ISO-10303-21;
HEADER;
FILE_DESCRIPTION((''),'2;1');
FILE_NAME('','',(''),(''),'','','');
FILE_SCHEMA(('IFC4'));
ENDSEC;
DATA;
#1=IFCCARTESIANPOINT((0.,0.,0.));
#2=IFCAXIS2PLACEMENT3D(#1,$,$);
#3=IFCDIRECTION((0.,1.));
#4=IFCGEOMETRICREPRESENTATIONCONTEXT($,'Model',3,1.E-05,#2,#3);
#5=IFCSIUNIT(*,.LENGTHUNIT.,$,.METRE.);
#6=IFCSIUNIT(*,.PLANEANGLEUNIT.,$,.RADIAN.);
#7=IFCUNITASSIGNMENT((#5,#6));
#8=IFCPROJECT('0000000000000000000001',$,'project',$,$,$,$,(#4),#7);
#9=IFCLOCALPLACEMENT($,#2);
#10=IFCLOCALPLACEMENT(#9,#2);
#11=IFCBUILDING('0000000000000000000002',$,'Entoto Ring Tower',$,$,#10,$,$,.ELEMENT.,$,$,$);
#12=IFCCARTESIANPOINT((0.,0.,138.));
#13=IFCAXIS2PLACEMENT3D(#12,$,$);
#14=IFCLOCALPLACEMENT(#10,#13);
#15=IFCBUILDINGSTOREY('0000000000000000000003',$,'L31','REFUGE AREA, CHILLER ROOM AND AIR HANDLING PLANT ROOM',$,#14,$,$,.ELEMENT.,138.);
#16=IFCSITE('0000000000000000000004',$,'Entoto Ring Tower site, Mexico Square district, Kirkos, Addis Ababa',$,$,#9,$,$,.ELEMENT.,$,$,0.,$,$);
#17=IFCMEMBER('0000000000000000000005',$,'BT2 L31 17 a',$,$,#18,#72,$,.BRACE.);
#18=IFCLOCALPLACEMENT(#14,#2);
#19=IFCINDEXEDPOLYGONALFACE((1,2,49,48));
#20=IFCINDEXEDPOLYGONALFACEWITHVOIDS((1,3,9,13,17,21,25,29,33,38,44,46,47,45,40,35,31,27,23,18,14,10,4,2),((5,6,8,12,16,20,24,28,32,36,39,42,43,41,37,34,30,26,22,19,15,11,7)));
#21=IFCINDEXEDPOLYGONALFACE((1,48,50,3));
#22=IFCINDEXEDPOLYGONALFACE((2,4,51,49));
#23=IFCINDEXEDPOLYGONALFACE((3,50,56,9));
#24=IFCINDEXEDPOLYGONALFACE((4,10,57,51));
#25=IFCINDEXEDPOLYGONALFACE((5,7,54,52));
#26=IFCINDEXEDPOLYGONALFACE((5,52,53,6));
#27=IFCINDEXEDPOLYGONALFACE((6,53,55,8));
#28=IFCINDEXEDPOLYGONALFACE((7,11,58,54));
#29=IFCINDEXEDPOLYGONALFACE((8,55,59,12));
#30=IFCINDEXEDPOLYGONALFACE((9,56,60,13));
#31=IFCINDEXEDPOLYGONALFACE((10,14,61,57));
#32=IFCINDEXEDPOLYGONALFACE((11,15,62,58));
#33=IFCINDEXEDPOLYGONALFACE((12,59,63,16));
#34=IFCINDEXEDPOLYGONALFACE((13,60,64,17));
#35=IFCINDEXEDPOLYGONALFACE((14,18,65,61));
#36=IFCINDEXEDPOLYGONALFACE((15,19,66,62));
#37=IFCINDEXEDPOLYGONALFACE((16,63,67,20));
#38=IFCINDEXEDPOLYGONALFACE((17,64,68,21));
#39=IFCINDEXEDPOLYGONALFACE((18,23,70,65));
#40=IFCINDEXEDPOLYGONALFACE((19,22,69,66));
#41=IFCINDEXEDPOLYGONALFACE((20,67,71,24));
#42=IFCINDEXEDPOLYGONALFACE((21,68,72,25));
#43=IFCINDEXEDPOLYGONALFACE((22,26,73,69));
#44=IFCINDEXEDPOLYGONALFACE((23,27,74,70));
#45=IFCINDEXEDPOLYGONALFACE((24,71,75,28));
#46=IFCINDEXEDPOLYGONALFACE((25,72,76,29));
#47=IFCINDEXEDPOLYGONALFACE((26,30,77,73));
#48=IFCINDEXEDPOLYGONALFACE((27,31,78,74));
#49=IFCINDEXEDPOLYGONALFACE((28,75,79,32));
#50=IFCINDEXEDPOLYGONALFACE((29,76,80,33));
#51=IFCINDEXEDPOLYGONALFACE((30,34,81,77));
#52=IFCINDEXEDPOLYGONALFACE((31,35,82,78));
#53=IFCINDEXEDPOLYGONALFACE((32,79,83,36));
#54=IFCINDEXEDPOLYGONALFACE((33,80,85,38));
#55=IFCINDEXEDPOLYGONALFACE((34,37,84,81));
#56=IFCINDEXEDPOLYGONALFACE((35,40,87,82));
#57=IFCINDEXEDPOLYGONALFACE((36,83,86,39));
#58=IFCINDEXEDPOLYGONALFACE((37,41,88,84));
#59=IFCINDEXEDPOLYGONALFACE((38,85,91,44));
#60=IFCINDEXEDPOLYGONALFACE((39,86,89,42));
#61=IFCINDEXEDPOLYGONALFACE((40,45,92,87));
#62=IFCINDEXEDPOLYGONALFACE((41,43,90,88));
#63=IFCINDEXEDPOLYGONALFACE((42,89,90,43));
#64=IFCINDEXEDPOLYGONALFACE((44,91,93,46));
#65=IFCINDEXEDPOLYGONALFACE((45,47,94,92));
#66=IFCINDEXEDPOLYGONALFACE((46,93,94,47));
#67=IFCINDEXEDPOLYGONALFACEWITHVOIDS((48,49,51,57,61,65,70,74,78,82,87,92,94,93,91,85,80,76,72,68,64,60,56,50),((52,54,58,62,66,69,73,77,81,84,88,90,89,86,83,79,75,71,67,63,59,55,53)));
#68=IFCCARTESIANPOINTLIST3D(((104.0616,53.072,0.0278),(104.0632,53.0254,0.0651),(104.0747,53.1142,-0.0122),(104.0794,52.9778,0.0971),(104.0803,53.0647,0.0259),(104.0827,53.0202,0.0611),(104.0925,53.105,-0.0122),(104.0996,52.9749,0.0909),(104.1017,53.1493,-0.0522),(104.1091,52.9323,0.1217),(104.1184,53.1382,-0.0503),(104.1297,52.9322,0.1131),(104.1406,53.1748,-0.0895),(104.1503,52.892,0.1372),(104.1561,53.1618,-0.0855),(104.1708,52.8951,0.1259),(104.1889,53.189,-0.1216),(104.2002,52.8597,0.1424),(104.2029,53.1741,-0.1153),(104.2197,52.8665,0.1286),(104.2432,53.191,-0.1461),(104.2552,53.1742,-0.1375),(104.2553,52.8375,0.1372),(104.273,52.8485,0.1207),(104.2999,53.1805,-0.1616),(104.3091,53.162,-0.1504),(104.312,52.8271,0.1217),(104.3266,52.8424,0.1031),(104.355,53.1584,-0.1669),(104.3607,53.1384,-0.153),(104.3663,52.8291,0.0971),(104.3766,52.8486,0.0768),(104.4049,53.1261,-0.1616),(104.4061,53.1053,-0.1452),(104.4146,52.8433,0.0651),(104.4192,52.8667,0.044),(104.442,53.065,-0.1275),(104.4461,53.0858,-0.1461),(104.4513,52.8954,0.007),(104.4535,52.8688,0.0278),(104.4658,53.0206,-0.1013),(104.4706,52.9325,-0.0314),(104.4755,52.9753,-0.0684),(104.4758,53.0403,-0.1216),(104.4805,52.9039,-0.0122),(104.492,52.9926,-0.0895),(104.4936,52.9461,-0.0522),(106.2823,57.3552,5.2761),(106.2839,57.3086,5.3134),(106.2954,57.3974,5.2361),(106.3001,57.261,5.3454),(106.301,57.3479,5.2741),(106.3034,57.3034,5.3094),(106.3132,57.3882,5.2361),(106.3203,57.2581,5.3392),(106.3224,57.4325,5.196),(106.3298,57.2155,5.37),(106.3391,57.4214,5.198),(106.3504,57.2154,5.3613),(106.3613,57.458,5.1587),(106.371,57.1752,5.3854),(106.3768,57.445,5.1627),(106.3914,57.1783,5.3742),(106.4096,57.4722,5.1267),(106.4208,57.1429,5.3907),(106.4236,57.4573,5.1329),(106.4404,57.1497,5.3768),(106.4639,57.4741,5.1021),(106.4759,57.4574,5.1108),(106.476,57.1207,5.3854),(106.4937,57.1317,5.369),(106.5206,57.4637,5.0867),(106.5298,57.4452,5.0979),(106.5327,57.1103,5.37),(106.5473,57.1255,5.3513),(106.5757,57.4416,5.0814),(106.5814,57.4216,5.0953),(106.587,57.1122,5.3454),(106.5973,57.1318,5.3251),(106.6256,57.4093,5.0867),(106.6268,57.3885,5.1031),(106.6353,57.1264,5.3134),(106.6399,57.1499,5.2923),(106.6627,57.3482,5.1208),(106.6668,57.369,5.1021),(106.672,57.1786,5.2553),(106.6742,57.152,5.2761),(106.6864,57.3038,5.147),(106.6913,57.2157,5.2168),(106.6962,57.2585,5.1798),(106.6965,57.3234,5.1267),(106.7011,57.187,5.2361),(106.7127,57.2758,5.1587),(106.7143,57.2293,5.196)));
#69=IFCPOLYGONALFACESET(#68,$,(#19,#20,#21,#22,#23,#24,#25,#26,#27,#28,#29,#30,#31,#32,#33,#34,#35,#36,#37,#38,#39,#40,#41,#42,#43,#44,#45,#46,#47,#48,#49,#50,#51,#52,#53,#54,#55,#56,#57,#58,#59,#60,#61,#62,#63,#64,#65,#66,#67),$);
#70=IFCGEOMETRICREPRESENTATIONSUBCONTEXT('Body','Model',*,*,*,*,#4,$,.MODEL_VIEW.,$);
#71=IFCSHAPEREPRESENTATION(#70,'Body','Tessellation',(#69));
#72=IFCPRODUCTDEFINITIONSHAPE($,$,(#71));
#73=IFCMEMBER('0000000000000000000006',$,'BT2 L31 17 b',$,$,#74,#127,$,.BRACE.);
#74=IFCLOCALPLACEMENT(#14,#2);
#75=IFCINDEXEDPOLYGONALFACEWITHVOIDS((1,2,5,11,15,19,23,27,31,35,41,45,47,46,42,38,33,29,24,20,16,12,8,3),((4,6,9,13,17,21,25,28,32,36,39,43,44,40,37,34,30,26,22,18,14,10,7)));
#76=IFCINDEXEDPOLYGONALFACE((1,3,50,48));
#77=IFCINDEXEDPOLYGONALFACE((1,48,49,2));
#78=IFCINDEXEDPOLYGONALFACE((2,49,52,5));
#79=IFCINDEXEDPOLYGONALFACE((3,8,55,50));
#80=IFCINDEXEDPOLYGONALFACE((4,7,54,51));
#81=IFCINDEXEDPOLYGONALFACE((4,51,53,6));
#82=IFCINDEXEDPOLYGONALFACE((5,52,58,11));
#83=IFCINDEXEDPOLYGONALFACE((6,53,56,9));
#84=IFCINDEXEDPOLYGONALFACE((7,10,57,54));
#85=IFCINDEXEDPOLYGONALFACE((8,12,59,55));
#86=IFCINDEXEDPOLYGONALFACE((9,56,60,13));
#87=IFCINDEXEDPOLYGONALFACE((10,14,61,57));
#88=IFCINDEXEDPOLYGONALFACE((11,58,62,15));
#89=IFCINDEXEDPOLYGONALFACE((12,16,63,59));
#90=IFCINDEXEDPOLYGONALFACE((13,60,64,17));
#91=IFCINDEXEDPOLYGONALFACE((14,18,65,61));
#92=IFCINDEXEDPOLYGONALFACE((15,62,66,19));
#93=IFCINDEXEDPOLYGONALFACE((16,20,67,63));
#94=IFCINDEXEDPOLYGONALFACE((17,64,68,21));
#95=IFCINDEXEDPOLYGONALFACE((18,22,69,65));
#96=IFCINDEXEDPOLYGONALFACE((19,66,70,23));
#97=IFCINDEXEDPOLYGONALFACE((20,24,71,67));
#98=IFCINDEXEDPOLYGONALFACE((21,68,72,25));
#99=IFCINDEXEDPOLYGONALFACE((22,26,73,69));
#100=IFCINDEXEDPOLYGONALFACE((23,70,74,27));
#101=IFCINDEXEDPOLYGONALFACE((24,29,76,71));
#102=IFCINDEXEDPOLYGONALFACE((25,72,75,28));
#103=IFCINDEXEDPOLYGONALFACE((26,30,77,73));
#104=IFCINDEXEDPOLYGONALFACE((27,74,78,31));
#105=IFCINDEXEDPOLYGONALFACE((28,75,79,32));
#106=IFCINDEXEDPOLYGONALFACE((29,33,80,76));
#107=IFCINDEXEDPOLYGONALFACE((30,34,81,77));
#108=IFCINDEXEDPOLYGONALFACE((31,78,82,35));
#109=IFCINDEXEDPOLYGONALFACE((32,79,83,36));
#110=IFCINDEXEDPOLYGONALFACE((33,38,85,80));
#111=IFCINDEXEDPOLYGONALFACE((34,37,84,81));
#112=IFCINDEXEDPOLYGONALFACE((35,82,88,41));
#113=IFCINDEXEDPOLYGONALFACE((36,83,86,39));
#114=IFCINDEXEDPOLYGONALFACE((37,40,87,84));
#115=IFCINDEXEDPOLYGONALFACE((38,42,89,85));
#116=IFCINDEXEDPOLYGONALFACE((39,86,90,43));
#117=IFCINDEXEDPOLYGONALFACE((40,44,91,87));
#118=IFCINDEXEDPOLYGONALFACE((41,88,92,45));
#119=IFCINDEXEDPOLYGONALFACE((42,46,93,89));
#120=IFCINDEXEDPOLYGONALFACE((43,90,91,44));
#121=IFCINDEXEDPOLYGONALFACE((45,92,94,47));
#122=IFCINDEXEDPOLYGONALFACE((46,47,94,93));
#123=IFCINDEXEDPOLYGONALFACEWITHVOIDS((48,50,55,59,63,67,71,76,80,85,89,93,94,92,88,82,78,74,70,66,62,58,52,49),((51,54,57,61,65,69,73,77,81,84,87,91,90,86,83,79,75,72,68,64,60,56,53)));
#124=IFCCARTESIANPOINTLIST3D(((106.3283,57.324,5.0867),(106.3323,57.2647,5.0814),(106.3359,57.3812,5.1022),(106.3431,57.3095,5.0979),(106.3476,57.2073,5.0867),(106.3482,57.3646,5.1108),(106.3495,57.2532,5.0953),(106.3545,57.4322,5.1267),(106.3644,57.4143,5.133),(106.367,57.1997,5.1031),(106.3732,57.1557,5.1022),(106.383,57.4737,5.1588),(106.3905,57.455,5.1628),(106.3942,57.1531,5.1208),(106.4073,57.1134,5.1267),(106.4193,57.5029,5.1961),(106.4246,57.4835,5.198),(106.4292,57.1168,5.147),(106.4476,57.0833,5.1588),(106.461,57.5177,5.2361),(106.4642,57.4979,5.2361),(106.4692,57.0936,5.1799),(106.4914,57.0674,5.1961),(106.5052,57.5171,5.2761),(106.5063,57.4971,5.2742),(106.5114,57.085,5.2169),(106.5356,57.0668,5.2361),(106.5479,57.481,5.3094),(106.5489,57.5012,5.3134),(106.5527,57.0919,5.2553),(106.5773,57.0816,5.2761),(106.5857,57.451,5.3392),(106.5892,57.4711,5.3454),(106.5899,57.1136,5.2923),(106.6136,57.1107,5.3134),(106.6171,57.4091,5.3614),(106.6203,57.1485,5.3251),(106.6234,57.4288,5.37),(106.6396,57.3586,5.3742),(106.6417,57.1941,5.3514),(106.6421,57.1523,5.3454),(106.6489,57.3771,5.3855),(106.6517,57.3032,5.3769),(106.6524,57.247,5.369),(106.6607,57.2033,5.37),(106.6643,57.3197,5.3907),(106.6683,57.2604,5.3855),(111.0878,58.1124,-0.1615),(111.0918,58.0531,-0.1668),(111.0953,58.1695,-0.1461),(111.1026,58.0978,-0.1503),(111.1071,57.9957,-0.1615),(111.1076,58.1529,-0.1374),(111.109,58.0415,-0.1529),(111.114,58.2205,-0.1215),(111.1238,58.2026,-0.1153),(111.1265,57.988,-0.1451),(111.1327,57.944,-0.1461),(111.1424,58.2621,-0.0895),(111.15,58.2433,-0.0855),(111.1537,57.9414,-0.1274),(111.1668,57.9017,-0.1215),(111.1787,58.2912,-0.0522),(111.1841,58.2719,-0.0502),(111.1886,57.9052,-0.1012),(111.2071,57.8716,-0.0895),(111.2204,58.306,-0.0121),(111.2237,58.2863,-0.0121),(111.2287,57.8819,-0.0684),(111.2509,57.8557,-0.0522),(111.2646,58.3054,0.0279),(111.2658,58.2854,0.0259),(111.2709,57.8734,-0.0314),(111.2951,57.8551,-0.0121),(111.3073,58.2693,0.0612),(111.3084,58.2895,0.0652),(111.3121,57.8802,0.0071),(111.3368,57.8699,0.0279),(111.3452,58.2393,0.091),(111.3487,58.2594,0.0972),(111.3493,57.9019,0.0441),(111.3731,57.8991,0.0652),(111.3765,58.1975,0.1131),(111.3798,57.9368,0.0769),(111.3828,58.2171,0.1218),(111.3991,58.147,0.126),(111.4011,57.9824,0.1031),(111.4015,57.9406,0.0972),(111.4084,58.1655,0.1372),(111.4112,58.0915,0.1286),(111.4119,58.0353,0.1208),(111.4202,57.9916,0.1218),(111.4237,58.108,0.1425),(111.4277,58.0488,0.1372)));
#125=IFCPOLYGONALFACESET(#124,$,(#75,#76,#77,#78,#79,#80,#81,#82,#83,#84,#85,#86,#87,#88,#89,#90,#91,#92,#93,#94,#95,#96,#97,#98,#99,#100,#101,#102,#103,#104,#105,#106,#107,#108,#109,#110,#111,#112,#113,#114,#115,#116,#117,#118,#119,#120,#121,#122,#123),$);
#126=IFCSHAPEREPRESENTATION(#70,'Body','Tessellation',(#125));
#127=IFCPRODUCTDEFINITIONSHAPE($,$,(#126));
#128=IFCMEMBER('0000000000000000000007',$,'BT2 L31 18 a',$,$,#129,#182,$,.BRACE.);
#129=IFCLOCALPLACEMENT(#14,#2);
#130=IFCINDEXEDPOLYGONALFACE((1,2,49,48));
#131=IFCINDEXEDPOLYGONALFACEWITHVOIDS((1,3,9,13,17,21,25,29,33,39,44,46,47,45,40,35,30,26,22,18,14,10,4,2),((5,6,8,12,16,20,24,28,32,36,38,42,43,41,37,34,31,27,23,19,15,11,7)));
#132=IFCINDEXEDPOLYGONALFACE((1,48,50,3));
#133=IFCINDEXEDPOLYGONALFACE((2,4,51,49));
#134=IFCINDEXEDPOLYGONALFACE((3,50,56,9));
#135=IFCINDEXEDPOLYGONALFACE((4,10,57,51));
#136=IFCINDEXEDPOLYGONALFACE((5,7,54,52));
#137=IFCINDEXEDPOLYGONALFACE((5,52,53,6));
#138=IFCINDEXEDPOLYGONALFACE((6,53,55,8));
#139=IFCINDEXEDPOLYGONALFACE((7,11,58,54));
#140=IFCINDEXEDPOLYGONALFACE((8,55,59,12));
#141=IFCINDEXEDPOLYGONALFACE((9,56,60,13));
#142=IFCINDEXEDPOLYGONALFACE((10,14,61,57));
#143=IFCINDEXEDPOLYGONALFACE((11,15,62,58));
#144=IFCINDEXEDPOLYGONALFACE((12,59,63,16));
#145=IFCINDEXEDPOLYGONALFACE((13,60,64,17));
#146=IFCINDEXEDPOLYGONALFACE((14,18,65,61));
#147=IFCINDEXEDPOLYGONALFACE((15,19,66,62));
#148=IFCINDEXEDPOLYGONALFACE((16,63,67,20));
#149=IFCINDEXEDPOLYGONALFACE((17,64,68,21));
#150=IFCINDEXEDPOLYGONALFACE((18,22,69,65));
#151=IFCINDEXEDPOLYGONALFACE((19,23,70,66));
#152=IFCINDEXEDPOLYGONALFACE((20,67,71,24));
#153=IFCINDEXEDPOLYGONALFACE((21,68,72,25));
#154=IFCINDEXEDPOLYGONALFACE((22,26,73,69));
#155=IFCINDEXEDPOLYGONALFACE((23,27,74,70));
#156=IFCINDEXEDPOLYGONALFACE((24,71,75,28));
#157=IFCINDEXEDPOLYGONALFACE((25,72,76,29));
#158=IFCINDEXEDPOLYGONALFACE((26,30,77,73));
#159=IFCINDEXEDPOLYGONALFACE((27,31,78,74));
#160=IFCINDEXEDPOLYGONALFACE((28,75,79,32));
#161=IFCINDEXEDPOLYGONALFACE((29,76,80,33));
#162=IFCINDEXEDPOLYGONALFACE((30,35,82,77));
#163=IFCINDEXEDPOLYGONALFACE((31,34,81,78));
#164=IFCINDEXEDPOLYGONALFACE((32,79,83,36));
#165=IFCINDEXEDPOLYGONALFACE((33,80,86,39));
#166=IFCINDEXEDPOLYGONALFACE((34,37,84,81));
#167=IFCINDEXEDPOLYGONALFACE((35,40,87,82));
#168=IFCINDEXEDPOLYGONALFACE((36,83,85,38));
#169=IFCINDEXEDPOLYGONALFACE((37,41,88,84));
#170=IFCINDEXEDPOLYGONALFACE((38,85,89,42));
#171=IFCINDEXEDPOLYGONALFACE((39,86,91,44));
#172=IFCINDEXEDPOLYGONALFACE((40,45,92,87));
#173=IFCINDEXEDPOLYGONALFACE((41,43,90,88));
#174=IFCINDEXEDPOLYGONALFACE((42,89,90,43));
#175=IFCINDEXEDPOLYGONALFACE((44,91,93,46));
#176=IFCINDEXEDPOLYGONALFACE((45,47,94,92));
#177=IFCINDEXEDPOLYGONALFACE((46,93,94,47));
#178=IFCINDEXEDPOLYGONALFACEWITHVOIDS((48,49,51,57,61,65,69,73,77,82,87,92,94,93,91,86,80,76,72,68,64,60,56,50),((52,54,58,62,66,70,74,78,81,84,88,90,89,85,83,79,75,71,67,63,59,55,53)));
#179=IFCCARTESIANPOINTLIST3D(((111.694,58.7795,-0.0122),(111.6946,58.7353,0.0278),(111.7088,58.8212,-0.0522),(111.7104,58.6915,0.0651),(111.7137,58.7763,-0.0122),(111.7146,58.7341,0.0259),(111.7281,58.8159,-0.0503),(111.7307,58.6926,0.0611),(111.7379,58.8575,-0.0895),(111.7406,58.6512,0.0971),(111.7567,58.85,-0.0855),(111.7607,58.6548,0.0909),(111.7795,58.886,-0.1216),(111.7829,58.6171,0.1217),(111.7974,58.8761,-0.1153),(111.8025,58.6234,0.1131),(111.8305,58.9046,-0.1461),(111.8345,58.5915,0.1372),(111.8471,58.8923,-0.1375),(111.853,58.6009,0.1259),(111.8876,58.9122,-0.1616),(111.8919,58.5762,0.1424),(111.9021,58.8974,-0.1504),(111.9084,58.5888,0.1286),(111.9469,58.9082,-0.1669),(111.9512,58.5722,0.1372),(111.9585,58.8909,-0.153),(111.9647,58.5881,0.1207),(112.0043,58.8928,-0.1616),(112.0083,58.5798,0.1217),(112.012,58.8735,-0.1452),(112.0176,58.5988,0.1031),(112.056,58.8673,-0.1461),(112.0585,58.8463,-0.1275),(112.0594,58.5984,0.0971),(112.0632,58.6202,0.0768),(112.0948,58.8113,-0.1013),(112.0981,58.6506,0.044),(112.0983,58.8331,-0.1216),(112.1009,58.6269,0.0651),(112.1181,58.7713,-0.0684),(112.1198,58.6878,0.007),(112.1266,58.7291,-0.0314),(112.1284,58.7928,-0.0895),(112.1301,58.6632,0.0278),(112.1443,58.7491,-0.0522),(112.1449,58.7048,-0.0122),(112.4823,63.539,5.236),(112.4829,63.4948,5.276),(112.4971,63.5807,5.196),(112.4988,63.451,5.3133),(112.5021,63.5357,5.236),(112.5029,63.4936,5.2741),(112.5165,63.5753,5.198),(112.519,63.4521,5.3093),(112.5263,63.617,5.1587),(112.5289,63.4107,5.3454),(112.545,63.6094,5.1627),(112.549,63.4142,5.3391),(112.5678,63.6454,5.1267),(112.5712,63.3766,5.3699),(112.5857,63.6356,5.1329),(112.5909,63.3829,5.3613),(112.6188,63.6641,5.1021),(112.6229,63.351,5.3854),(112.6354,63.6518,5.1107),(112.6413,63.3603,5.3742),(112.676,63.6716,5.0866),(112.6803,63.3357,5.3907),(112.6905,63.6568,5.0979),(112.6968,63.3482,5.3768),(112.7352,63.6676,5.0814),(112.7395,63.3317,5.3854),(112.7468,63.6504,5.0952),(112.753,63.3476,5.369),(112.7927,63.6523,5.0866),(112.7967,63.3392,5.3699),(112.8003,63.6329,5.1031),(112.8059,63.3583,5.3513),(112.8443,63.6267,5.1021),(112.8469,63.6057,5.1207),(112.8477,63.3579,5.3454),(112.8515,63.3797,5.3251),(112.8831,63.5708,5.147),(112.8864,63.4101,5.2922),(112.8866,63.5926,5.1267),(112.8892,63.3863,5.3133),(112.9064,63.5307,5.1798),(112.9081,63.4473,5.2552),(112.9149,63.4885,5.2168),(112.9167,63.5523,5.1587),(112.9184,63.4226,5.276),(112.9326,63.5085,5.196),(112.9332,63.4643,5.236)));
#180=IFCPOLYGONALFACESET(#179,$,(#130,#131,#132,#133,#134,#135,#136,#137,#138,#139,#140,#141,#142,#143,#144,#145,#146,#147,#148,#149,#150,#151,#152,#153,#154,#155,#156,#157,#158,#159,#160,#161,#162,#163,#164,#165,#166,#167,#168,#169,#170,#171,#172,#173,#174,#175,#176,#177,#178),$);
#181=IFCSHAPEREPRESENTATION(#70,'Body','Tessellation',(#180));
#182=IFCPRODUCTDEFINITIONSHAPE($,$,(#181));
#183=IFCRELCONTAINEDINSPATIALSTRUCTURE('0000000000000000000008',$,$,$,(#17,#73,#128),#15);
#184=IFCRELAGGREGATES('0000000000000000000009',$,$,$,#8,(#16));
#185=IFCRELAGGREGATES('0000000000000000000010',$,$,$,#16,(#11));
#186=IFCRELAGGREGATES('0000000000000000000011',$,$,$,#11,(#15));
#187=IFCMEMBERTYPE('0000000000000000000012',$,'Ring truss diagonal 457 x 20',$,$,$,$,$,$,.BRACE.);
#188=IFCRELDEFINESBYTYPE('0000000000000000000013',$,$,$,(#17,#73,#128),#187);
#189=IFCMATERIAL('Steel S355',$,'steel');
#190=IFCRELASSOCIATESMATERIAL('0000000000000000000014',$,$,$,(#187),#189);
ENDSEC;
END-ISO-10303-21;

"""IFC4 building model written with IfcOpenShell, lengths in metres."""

from ifc_helpers import new_model, si_unit, direction, frame, origin, origin_2d, place, context, subcontext, project, spatial, circle, hollow_circle, extrude, material, material_profile, profile_set, type_object, element, save


model = new_model("IFC4")

# Units and contexts
model_context = context("Model", 3, precision=1e-05, world=origin(), true_north=direction((0.0, 1.0)))
body_context = subcontext(model_context, "Body", "Model", "MODEL_VIEW")
ifc_project = project(units=[si_unit("LENGTHUNIT", "METRE"), si_unit("PLANEANGLEUNIT", "RADIAN")], contexts=[model_context])

# Site, building, storey
site_placement = place(None, origin())
site = spatial("IfcSite", under=ifc_project, at=site_placement, Name="Entoto Ring Tower site, Mexico Square district, Kirkos, Addis Ababa", CompositionType="ELEMENT", RefElevation=0.0)
building_placement = place(site_placement, origin())
building = spatial("IfcBuilding", under=site, at=building_placement, Name="Entoto Ring Tower", CompositionType="ELEMENT")
storey_placement = place(building_placement, frame((0.0, 0.0, 138.0)))
storey = spatial("IfcBuildingStorey", under=building, at=storey_placement, Name="L31", Description="REFUGE AREA, CHILLER ROOM AND AIR HANDLING PLANT ROOM", CompositionType="ELEMENT", Elevation=138.0)

# Members
ifc_material_1 = material(Name="Steel S355", Category="steel")
ifc_material_profile_1 = material_profile(ifc_material_1, hollow_circle(Radius=0.2285, WallThickness=0.02, at=origin_2d()), Name="CHS 457 x 20")
ifc_material_2 = material(Name="Concrete C60/75", Category="concrete")
ifc_material_profile_2 = material_profile(ifc_material_2, circle(Radius=0.2085, at=origin_2d()), Name="Concrete C60/75 infill")
ifc_profile_set_1 = profile_set([ifc_material_profile_1, ifc_material_profile_2], Name="Steel S355")
member_type_1 = type_object("IfcMemberType", Name="Ring truss diagonal 457 x 20", PredefinedType="BRACE", material=ifc_profile_set_1)
member_1_placement = place(storey_placement, frame((104.2776, 53.009, -0.0122), z_axis=(0.311505, 0.600818, 0.736194), x_axis=(-0.887773, 0.460282, 0.0)))
element("IfcMember", 1, at=member_1_placement, inside=storey, type_object=member_type_1, Name="BT2 L31 17 a", PredefinedType="BRACE", context=body_context, shape_type="SweptSolid", body=[
    extrude(hollow_circle(Radius=0.2285, WallThickness=0.02, at=origin_2d()), origin(), (0.0, 0.0, 1.0), 7.1289),
])
for number, where, z_axis, x_axis, name in (
    (2, (106.4983, 57.2922, 5.2361), (0.667652, 0.110585, -0.736215), (-0.163406, 0.986559, 0.0), "BT2 L31 17 b"),
    (3, (111.9194, 58.7422, -0.0122), (0.110585, 0.667652, 0.736215), (-0.986559, 0.163406, 0.0), "BT2 L31 18 a"),
):
    element("IfcMember", number, at=place(storey_placement, frame(where, z_axis=z_axis, x_axis=x_axis)), inside=storey, type_object=member_type_1, Name=name, PredefinedType="BRACE", context=body_context, shape_type="SweptSolid", body=[
        extrude(hollow_circle(Radius=0.2285, WallThickness=0.02, at=origin_2d()), origin(), (0.0, 0.0, 1.0), 7.1287),
    ])

save(model, "model.ifc")
